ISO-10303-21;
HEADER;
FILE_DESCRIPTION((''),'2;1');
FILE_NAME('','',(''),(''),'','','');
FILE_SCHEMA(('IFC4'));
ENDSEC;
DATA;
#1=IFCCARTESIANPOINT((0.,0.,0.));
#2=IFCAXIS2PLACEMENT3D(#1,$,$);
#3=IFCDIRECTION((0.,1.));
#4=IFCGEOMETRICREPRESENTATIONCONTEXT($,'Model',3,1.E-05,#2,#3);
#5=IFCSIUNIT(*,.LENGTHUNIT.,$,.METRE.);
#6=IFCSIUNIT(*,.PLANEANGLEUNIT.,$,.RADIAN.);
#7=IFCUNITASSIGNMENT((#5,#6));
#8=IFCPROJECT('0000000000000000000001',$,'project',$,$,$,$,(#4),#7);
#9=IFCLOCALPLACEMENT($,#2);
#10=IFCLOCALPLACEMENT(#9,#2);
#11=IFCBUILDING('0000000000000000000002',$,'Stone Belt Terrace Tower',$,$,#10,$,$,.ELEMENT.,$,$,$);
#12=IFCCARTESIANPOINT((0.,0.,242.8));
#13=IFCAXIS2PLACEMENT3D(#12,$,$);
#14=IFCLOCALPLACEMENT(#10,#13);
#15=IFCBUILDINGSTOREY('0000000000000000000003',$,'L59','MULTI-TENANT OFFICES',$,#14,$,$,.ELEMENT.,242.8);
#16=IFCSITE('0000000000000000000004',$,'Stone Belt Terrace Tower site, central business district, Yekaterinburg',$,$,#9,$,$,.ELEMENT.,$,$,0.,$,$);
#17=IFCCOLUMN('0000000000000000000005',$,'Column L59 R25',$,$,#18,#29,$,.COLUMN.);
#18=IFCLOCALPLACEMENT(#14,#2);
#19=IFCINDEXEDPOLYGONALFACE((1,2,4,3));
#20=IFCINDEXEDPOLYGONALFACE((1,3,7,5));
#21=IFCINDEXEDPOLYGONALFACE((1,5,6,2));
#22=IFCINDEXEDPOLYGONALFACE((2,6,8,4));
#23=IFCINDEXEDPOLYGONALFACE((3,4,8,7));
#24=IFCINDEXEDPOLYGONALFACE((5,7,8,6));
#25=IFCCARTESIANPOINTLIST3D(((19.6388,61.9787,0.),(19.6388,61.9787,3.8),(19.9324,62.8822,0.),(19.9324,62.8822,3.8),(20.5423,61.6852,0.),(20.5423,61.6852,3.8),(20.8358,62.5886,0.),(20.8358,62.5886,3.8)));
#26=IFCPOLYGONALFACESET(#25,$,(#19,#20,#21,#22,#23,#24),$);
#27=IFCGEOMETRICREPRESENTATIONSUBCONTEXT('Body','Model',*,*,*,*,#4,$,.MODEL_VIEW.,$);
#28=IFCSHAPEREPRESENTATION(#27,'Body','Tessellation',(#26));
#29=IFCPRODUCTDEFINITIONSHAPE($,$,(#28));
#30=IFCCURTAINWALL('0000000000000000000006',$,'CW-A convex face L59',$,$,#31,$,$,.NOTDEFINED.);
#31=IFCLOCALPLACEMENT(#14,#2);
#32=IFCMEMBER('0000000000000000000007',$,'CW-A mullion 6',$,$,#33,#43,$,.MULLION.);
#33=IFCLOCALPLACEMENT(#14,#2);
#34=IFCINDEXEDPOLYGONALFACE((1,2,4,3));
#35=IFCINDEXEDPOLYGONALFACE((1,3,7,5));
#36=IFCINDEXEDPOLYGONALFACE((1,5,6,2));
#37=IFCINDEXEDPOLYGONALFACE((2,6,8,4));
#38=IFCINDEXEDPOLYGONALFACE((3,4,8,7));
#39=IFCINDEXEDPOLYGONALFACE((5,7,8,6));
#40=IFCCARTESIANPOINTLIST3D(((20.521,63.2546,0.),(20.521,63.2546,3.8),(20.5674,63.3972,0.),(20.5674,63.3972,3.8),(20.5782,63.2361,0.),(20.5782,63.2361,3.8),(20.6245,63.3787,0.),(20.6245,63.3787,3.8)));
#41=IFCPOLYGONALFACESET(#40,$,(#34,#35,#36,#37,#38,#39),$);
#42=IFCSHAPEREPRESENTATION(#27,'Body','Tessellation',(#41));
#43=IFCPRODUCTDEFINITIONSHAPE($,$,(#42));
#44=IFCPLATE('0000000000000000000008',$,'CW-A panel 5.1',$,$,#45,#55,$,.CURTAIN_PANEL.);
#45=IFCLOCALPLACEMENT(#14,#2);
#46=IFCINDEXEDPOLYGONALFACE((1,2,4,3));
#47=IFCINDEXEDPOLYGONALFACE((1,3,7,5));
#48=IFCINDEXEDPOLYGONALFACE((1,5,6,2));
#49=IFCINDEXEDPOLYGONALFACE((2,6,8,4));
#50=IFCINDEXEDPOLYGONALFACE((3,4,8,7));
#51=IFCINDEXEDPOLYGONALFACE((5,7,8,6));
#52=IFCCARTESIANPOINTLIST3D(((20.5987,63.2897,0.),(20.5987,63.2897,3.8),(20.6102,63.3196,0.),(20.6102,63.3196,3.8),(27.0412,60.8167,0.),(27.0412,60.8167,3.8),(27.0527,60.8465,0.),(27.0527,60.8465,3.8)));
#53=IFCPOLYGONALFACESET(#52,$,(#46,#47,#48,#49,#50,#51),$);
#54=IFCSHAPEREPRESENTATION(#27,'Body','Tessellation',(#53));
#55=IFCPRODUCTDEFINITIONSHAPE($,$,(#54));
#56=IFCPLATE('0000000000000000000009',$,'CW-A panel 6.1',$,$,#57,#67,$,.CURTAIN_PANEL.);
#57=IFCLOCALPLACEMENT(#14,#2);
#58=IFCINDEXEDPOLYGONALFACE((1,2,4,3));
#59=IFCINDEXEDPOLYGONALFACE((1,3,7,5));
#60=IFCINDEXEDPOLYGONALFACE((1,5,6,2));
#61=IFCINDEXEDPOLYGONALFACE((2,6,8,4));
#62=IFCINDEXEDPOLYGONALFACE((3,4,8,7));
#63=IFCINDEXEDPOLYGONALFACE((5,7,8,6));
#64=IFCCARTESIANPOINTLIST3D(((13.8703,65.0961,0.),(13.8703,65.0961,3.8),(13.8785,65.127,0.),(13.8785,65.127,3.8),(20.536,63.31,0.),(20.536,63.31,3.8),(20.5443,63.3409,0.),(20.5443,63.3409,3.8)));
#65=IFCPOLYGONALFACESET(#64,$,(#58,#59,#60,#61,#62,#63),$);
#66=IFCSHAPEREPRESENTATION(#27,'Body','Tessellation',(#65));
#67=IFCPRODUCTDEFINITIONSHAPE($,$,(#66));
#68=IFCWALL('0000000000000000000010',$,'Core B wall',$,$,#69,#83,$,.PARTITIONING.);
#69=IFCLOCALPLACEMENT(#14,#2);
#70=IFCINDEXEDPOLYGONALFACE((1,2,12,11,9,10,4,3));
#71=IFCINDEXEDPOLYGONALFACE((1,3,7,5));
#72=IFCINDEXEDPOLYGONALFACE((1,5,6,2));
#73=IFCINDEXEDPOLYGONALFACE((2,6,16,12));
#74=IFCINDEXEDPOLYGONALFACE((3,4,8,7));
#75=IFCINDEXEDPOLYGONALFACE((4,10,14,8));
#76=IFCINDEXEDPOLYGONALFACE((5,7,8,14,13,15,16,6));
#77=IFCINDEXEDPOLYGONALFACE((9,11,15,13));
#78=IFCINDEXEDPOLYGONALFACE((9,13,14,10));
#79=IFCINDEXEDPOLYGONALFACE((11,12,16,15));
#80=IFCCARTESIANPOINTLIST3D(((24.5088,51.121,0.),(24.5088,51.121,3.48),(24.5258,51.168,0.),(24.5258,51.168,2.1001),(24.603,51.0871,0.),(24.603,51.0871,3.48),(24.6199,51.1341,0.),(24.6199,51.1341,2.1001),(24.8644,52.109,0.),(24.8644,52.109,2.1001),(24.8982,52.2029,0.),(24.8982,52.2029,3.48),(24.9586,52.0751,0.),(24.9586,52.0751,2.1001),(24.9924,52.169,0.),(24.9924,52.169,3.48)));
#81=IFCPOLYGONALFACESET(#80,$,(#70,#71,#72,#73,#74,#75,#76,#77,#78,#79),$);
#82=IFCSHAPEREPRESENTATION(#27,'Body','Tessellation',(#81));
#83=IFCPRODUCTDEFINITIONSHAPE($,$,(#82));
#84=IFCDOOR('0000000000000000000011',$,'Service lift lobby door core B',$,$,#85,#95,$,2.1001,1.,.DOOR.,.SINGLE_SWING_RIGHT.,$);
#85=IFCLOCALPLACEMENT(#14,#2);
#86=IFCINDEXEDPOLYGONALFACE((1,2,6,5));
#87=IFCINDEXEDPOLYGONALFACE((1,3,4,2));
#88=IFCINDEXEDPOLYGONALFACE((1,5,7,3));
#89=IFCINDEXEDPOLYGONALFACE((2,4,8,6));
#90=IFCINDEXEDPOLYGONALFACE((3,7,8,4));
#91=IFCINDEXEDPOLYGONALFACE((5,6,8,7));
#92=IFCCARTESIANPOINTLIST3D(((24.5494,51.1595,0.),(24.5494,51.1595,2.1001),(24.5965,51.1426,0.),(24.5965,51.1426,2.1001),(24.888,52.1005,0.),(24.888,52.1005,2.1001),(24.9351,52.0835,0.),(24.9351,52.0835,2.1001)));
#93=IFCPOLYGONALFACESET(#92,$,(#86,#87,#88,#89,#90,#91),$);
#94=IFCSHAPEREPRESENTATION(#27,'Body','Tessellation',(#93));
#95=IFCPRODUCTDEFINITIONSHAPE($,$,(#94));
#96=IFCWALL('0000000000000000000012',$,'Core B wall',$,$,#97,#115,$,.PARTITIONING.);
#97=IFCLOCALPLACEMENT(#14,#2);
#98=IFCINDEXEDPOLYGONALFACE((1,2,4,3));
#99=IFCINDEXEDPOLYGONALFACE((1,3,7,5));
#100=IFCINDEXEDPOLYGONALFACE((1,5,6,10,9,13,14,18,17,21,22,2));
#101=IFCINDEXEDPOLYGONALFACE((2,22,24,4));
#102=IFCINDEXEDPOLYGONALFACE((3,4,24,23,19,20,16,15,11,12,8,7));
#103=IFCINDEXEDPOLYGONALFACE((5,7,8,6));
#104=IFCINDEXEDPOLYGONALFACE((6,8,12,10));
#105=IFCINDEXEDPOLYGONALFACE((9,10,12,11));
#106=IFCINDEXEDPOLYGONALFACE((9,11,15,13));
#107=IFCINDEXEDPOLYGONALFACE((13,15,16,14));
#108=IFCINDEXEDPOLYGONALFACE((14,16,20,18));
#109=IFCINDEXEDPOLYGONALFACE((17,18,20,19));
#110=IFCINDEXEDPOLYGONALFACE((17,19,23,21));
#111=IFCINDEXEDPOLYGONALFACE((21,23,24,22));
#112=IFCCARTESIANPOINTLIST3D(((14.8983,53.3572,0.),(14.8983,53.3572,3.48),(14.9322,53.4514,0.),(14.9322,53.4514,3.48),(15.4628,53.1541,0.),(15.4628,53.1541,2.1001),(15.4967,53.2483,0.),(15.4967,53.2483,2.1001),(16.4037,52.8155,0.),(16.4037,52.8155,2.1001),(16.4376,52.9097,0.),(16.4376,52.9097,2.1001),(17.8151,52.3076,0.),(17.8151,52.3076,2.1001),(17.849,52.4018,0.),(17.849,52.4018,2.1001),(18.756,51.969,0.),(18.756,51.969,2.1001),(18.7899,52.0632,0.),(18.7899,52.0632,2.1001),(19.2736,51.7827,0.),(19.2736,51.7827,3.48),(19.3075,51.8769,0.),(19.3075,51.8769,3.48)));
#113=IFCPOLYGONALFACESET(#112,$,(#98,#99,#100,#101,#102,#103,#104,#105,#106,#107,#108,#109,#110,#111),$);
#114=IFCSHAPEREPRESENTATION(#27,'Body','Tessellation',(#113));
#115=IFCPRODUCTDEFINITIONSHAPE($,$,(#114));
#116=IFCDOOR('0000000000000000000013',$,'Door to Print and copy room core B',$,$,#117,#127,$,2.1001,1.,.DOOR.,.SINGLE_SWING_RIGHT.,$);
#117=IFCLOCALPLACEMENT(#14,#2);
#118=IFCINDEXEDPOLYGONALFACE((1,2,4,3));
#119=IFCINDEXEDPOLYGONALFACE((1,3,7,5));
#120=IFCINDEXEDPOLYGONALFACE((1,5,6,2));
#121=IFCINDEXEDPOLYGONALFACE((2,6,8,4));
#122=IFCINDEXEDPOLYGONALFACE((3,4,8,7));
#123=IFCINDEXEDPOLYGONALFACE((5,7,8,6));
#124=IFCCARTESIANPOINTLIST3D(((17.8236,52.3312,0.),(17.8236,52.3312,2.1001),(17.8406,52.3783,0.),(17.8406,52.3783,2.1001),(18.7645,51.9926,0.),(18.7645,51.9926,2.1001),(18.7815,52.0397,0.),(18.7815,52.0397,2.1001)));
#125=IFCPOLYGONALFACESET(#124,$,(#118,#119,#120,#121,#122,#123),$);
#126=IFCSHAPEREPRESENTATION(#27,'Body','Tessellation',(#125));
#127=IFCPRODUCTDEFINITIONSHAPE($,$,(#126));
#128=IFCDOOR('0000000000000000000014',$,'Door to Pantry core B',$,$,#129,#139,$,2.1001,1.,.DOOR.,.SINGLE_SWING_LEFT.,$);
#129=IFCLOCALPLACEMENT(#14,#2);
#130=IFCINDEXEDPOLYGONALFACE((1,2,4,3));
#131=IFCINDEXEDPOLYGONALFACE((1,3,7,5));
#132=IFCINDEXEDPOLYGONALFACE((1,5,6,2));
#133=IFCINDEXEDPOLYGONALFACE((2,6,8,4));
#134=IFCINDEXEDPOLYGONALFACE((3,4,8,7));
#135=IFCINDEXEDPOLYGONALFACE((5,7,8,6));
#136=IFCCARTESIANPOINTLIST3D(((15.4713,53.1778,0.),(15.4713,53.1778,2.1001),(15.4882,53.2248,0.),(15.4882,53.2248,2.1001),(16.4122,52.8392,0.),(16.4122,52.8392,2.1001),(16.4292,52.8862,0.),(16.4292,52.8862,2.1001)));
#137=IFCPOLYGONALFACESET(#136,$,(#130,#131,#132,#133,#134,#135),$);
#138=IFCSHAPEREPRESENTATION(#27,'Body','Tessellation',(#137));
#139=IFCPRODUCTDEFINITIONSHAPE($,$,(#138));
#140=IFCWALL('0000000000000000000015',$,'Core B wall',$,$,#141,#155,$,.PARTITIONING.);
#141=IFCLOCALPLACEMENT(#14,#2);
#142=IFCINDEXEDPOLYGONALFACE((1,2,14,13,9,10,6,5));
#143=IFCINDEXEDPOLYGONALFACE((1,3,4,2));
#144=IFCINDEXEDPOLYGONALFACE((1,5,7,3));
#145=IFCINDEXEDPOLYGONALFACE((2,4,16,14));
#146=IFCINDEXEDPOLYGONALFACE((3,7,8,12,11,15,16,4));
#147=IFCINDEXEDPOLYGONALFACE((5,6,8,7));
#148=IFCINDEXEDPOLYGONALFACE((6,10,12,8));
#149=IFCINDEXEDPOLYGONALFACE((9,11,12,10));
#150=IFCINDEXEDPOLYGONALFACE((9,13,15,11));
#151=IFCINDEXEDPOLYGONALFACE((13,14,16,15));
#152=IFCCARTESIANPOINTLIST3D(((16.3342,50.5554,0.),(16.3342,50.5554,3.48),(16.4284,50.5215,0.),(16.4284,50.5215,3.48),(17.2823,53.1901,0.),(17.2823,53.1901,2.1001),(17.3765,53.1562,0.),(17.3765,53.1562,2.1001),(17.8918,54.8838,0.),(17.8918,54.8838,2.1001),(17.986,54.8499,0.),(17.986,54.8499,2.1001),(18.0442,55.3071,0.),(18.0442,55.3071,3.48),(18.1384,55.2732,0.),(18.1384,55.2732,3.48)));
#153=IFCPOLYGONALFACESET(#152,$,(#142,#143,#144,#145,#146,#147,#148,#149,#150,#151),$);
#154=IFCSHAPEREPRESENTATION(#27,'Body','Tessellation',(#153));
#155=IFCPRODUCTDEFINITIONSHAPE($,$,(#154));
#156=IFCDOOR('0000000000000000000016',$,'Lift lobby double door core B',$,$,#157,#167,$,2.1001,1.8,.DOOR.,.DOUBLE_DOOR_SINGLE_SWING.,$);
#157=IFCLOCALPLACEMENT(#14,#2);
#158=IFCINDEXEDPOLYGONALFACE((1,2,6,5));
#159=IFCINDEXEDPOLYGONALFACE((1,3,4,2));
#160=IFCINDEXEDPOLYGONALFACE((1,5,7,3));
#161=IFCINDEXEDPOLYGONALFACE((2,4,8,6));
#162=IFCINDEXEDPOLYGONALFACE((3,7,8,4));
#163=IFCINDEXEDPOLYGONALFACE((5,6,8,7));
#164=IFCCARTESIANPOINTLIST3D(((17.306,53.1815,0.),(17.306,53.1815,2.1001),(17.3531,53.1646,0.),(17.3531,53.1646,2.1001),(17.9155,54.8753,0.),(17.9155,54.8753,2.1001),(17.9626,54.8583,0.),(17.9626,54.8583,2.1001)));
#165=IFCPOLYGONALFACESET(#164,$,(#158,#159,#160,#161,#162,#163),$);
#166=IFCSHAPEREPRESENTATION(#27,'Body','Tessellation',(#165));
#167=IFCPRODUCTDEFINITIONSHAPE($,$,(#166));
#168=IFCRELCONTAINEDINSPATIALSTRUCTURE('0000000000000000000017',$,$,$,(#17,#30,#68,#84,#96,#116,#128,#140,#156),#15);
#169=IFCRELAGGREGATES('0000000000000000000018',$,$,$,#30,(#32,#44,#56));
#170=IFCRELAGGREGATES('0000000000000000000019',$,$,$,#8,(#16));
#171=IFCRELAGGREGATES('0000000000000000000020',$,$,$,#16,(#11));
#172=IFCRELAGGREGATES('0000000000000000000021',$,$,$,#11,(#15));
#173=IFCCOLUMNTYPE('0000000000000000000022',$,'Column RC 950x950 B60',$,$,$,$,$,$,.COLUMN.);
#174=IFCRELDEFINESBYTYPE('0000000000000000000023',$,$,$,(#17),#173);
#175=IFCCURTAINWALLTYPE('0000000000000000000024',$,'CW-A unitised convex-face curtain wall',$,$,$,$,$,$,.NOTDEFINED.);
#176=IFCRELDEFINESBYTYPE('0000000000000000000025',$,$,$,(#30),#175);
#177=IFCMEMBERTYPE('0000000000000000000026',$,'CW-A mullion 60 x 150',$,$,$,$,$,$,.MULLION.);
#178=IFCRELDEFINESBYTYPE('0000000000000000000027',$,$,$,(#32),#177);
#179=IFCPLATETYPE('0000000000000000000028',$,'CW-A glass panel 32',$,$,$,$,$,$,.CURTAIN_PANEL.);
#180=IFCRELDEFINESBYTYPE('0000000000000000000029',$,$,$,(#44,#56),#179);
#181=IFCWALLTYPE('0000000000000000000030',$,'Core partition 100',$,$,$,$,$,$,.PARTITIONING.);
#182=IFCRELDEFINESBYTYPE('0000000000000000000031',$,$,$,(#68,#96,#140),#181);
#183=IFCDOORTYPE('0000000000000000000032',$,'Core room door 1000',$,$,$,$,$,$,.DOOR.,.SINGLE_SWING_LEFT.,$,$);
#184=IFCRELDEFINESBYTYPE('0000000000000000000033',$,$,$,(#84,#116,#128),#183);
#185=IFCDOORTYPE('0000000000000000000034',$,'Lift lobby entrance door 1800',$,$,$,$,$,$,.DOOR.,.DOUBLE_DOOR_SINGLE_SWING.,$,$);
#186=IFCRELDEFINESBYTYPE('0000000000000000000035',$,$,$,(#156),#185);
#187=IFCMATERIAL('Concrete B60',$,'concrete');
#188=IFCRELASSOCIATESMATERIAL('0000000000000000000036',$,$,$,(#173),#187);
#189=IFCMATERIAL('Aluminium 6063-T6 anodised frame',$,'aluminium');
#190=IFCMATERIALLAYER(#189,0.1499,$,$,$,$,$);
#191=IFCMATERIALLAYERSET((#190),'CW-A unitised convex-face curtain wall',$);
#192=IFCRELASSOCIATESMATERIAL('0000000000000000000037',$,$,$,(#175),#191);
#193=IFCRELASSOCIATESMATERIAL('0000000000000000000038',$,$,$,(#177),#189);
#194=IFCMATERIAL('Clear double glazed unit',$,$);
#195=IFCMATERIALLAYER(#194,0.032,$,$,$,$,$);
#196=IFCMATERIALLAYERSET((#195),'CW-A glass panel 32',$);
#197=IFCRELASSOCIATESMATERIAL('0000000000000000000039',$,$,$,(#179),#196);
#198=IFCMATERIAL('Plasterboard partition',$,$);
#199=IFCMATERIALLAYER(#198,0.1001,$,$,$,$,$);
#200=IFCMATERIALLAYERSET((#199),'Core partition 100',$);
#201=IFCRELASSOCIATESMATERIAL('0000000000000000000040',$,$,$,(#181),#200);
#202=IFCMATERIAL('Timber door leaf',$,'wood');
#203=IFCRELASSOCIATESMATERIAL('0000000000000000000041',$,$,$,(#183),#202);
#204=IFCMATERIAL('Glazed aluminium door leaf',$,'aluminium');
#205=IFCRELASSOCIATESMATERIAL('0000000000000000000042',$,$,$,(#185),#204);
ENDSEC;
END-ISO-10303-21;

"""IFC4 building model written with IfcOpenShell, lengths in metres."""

from ifc_helpers import new_model, si_unit, direction, frame, frame_2d, origin, origin_2d, place, context, subcontext, project, spatial, rectangle, extrude, material, layer, layer_set, material_profile, profile_set, type_object, element, fill, aggregate, save


model = new_model("IFC4")

# Units and contexts
model_context = context("Model", 3, precision=1e-05, world=origin(), true_north=direction((0.0, 1.0)))
body_context = subcontext(model_context, "Body", "Model", "MODEL_VIEW")
ifc_project = project(units=[si_unit("LENGTHUNIT", "METRE"), si_unit("PLANEANGLEUNIT", "RADIAN")], contexts=[model_context])

# Site, building, storey
site_placement = place(None, origin())
site = spatial("IfcSite", under=ifc_project, at=site_placement, Name="Stone Belt Terrace Tower site, central business district, Yekaterinburg", CompositionType="ELEMENT", RefElevation=0.0)
building_placement = place(site_placement, origin())
building = spatial("IfcBuilding", under=site, at=building_placement, Name="Stone Belt Terrace Tower", CompositionType="ELEMENT")
storey_placement = place(building_placement, frame((0.0, 0.0, 242.8)))
storey = spatial("IfcBuildingStorey", under=building, at=storey_placement, Name="L59", Description="MULTI-TENANT OFFICES", CompositionType="ELEMENT", Elevation=242.8)

# Column
ifc_material_1 = material(Name="Concrete B60", Category="concrete")
ifc_material_profile_1 = material_profile(ifc_material_1, rectangle(XDim=0.95, YDim=0.95, at=origin_2d()), Name="RC 950x950")
ifc_profile_set_1 = profile_set([ifc_material_profile_1], Name="Concrete B60")
column_type = type_object("IfcColumnType", Name="Column RC 950x950 B60", PredefinedType="COLUMN", material=ifc_profile_set_1)
column_placement = place(storey_placement, frame((20.2373, 62.2837, 0.0), z_axis=(0.0, 0.0, 1.0), x_axis=(0.951057, -0.309017, 0.0)))
element("IfcColumn", 1, at=column_placement, inside=storey, type_object=column_type, Name="Column L59 R25", PredefinedType="COLUMN", context=body_context, shape_type="SweptSolid", body=[
    extrude(rectangle(XDim=0.95, YDim=0.95, at=origin_2d()), origin(), (0.0, 0.0, 1.0), 3.8),
])

# Curtain wall, member, plates
ifc_material_2 = material(Name="Aluminium 6063-T6 anodised frame", Category="aluminium")
ifc_layer_1 = layer(ifc_material_2, 0.1499)
ifc_layer_set_1 = layer_set([ifc_layer_1], Name="CW-A unitised convex-face curtain wall")
curtain_wall_type = type_object("IfcCurtainWallType", Name="CW-A unitised convex-face curtain wall", PredefinedType="NOTDEFINED", material=ifc_layer_set_1)
curtain_wall_placement = place(storey_placement, origin())
curtain_wall = element("IfcCurtainWall", 2, at=curtain_wall_placement, inside=storey, type_object=curtain_wall_type, Name="CW-A convex face L59", PredefinedType="NOTDEFINED")
ifc_material_profile_2 = material_profile(ifc_material_2, rectangle(XDim=0.1499, YDim=0.0601, at=origin_2d()), Name="Aluminium 6063-T6 60x150")
ifc_profile_set_2 = profile_set([ifc_material_profile_2], Name="Aluminium 6063-T6 anodised frame")
member_type = type_object("IfcMemberType", Name="CW-A mullion 60 x 150", PredefinedType="MULLION", material=ifc_profile_set_2)
member_placement = place(storey_placement, frame((20.5728, 63.3167, 0.0), z_axis=(0.0, 0.0, 1.0), x_axis=(-0.309017, -0.951057, 0.0)))
member = element("IfcMember", 3, at=member_placement, type_object=member_type, Name="CW-A mullion 6", PredefinedType="MULLION", context=body_context, shape_type="SweptSolid", body=[
    extrude(rectangle(XDim=0.1499, YDim=0.0601, at=origin_2d()), origin(), (0.0, 0.0, 1.0), 3.8),
])
ifc_material_3 = material(Name="Clear double glazed unit")
ifc_layer_2 = layer(ifc_material_3, 0.032)
ifc_layer_set_2 = layer_set([ifc_layer_2], Name="CW-A glass panel 32")
plate_type = type_object("IfcPlateType", Name="CW-A glass panel 32", PredefinedType="CURTAIN_PANEL", material=ifc_layer_set_2)
plate_1_placement = place(storey_placement, frame((23.8257, 62.0681, 0.0), z_axis=(0.0, 0.0, 1.0), x_axis=(-0.93358, 0.358368, 0.0)))
plate_1 = element("IfcPlate", 4, at=plate_1_placement, type_object=plate_type, Name="CW-A panel 5.1", PredefinedType="CURTAIN_PANEL", context=body_context, shape_type="SweptSolid", body=[
    extrude(rectangle(XDim=6.9009, YDim=0.032, at=origin_2d()), origin(), (0.0, 0.0, 1.0), 3.8),
])
plate_2_placement = place(storey_placement, frame((17.2073, 64.2185, 0.0), z_axis=(0.0, 0.0, 1.0), x_axis=(-0.965926, 0.258819, 0.0)))
plate_2 = element("IfcPlate", 5, at=plate_2_placement, type_object=plate_type, Name="CW-A panel 6.1", PredefinedType="CURTAIN_PANEL", context=body_context, shape_type="SweptSolid", body=[
    extrude(rectangle(XDim=6.9009, YDim=0.032, at=origin_2d()), origin(), (0.0, 0.0, 1.0), 3.8),
])
aggregate(curtain_wall, [member, plate_1, plate_2])

# Wall, opening, door
ifc_material_4 = material(Name="Plasterboard partition")
ifc_layer_3 = layer(ifc_material_4, 0.1001)
ifc_layer_set_3 = layer_set([ifc_layer_3], Name="Core partition 100")
wall_type_1 = type_object("IfcWallType", Name="Core partition 100", PredefinedType="PARTITIONING", material=ifc_layer_set_3)
wall_1_placement = place(storey_placement, frame((24.5559, 51.104, 0.0), z_axis=(0.0, 0.0, 1.0), x_axis=(0.338622, 0.940923, 0.0)))
wall_1 = element("IfcWall", 6, at=wall_1_placement, inside=storey, type_object=wall_type_1, Name="Core B wall", PredefinedType="PARTITIONING", context=body_context, shape_type="SweptSolid", body=[
    extrude(rectangle(XDim=1.1499, YDim=0.1001, at=frame_2d((0.575, 0.0))), origin(), (0.0, 0.0, 1.0), 3.48),
])
opening_1_placement = place(wall_1_placement, frame((0.05, 0.0, 0.0)))
opening_1 = element("IfcOpeningElement", 7, at=opening_1_placement, cuts=wall_1, PredefinedType="OPENING", context=body_context, shape_type="SweptSolid", body=[
    extrude(rectangle(XDim=1.0, YDim=2.1001, at=frame_2d((0.5, 1.05))), frame((0.0, 0.0601, 0.0), z_axis=(0.0, -1.0, 0.0), x_axis=(1.0, 0.0, 0.0)), (0.0, 0.0, 1.0), 0.1201),
])
ifc_material_5 = material(Name="Timber door leaf", Category="wood")
door_type_1 = type_object("IfcDoorType", Name="Core room door 1000", OperationType="SINGLE_SWING_LEFT", PredefinedType="DOOR", material=ifc_material_5)
door_1_placement = place(opening_1_placement, origin())
door_1 = element("IfcDoor", 8, at=door_1_placement, inside=storey, type_object=door_type_1, Name="Service lift lobby door core B", OperationType="SINGLE_SWING_RIGHT", OverallHeight=2.1001, OverallWidth=1.0, PredefinedType="DOOR", context=body_context, shape_type="SweptSolid", body=[
    extrude(rectangle(XDim=1.0, YDim=2.1001, at=frame_2d((0.5, 1.05))), frame((0.0, 0.0249, 0.0), z_axis=(0.0, -1.0, 0.0), x_axis=(1.0, 0.0, 0.0)), (0.0, 0.0, 1.0), 0.05),
])
fill(opening_1, door_1)

# Wall, openings, doors
wall_2_placement = place(storey_placement, frame((19.2905, 51.8298, 0.0), z_axis=(0.0, 0.0, 1.0), x_axis=(-0.94093, 0.3386, 0.0)))
wall_2 = element("IfcWall", 9, at=wall_2_placement, inside=storey, type_object=wall_type_1, Name="Core B wall", PredefinedType="PARTITIONING", context=body_context, shape_type="SweptSolid", body=[
    extrude(rectangle(XDim=4.6499, YDim=0.1001, at=frame_2d((2.325, 0.0))), origin(), (0.0, 0.0, 1.0), 3.48),
])
opening_2_placement = place(wall_2_placement, frame((0.55, 0.0, 0.0)))
opening_2 = element("IfcOpeningElement", 10, at=opening_2_placement, cuts=wall_2, PredefinedType="OPENING", context=body_context, shape_type="SweptSolid", body=[
    extrude(rectangle(XDim=1.0, YDim=2.1001, at=frame_2d((0.5, 1.05))), frame((0.0, 0.0601, 0.0), z_axis=(0.0, -1.0, 0.0), x_axis=(1.0, 0.0, 0.0)), (0.0, 0.0, 1.0), 0.1201),
])
opening_3_placement = place(wall_2_placement, frame((3.05, 0.0, 0.0)))
opening_3 = element("IfcOpeningElement", 11, at=opening_3_placement, cuts=wall_2, PredefinedType="OPENING", context=body_context, shape_type="SweptSolid", body=[
    extrude(rectangle(XDim=1.0, YDim=2.1001, at=frame_2d((0.5, 1.05))), frame((0.0, 0.0601, 0.0), z_axis=(0.0, -1.0, 0.0), x_axis=(1.0, 0.0, 0.0)), (0.0, 0.0, 1.0), 0.1201),
])
door_2_placement = place(opening_2_placement, origin())
door_2 = element("IfcDoor", 12, at=door_2_placement, inside=storey, type_object=door_type_1, Name="Door to Print and copy room core B", OperationType="SINGLE_SWING_RIGHT", OverallHeight=2.1001, OverallWidth=1.0, PredefinedType="DOOR", context=body_context, shape_type="SweptSolid", body=[
    extrude(rectangle(XDim=1.0, YDim=2.1001, at=frame_2d((0.5, 1.05))), frame((0.0, 0.0249, 0.0), z_axis=(0.0, -1.0, 0.0), x_axis=(1.0, 0.0, 0.0)), (0.0, 0.0, 1.0), 0.05),
])
fill(opening_2, door_2)
door_3_placement = place(opening_3_placement, origin())
door_3 = element("IfcDoor", 13, at=door_3_placement, inside=storey, type_object=door_type_1, Name="Door to Pantry core B", OperationType="SINGLE_SWING_LEFT", OverallHeight=2.1001, OverallWidth=1.0, PredefinedType="DOOR", context=body_context, shape_type="SweptSolid", body=[
    extrude(rectangle(XDim=1.0, YDim=2.1001, at=frame_2d((0.5, 1.05))), frame((0.0, 0.0249, 0.0), z_axis=(0.0, -1.0, 0.0), x_axis=(1.0, 0.0, 0.0)), (0.0, 0.0, 1.0), 0.05),
])
fill(opening_3, door_3)

# Wall, opening, door
wall_3_placement = place(storey_placement, frame((16.3813, 50.5386, 0.0), z_axis=(0.0, 0.0, 1.0), x_axis=(0.338605, 0.940929, 0.0)))
wall_3 = element("IfcWall", 14, at=wall_3_placement, inside=storey, type_object=wall_type_1, Name="Core B wall", PredefinedType="PARTITIONING", context=body_context, shape_type="SweptSolid", body=[
    extrude(rectangle(XDim=5.05, YDim=0.1001, at=frame_2d((2.5249, 0.0))), origin(), (0.0, 0.0, 1.0), 3.48),
])
opening_4_placement = place(wall_3_placement, frame((2.8, 0.0, 0.0)))
opening_4 = element("IfcOpeningElement", 15, at=opening_4_placement, cuts=wall_3, PredefinedType="OPENING", context=body_context, shape_type="SweptSolid", body=[
    extrude(rectangle(XDim=1.8, YDim=2.1001, at=frame_2d((0.8999, 1.05))), frame((0.0, 0.0601, 0.0), z_axis=(0.0, -1.0, 0.0), x_axis=(1.0, 0.0, 0.0)), (0.0, 0.0, 1.0), 0.1201),
])
ifc_material_6 = material(Name="Glazed aluminium door leaf", Category="aluminium")
door_type_2 = type_object("IfcDoorType", Name="Lift lobby entrance door 1800", OperationType="DOUBLE_DOOR_SINGLE_SWING", PredefinedType="DOOR", material=ifc_material_6)
door_4_placement = place(opening_4_placement, origin())
door_4 = element("IfcDoor", 16, at=door_4_placement, inside=storey, type_object=door_type_2, Name="Lift lobby double door core B", OperationType="DOUBLE_DOOR_SINGLE_SWING", OverallHeight=2.1001, OverallWidth=1.8, PredefinedType="DOOR", context=body_context, shape_type="SweptSolid", body=[
    extrude(rectangle(XDim=1.8, YDim=2.1001, at=frame_2d((0.8999, 1.05))), frame((0.0, 0.0249, 0.0), z_axis=(0.0, -1.0, 0.0), x_axis=(1.0, 0.0, 0.0)), (0.0, 0.0, 1.0), 0.05),
])
fill(opening_4, door_4)

save(model, "model.ifc")
